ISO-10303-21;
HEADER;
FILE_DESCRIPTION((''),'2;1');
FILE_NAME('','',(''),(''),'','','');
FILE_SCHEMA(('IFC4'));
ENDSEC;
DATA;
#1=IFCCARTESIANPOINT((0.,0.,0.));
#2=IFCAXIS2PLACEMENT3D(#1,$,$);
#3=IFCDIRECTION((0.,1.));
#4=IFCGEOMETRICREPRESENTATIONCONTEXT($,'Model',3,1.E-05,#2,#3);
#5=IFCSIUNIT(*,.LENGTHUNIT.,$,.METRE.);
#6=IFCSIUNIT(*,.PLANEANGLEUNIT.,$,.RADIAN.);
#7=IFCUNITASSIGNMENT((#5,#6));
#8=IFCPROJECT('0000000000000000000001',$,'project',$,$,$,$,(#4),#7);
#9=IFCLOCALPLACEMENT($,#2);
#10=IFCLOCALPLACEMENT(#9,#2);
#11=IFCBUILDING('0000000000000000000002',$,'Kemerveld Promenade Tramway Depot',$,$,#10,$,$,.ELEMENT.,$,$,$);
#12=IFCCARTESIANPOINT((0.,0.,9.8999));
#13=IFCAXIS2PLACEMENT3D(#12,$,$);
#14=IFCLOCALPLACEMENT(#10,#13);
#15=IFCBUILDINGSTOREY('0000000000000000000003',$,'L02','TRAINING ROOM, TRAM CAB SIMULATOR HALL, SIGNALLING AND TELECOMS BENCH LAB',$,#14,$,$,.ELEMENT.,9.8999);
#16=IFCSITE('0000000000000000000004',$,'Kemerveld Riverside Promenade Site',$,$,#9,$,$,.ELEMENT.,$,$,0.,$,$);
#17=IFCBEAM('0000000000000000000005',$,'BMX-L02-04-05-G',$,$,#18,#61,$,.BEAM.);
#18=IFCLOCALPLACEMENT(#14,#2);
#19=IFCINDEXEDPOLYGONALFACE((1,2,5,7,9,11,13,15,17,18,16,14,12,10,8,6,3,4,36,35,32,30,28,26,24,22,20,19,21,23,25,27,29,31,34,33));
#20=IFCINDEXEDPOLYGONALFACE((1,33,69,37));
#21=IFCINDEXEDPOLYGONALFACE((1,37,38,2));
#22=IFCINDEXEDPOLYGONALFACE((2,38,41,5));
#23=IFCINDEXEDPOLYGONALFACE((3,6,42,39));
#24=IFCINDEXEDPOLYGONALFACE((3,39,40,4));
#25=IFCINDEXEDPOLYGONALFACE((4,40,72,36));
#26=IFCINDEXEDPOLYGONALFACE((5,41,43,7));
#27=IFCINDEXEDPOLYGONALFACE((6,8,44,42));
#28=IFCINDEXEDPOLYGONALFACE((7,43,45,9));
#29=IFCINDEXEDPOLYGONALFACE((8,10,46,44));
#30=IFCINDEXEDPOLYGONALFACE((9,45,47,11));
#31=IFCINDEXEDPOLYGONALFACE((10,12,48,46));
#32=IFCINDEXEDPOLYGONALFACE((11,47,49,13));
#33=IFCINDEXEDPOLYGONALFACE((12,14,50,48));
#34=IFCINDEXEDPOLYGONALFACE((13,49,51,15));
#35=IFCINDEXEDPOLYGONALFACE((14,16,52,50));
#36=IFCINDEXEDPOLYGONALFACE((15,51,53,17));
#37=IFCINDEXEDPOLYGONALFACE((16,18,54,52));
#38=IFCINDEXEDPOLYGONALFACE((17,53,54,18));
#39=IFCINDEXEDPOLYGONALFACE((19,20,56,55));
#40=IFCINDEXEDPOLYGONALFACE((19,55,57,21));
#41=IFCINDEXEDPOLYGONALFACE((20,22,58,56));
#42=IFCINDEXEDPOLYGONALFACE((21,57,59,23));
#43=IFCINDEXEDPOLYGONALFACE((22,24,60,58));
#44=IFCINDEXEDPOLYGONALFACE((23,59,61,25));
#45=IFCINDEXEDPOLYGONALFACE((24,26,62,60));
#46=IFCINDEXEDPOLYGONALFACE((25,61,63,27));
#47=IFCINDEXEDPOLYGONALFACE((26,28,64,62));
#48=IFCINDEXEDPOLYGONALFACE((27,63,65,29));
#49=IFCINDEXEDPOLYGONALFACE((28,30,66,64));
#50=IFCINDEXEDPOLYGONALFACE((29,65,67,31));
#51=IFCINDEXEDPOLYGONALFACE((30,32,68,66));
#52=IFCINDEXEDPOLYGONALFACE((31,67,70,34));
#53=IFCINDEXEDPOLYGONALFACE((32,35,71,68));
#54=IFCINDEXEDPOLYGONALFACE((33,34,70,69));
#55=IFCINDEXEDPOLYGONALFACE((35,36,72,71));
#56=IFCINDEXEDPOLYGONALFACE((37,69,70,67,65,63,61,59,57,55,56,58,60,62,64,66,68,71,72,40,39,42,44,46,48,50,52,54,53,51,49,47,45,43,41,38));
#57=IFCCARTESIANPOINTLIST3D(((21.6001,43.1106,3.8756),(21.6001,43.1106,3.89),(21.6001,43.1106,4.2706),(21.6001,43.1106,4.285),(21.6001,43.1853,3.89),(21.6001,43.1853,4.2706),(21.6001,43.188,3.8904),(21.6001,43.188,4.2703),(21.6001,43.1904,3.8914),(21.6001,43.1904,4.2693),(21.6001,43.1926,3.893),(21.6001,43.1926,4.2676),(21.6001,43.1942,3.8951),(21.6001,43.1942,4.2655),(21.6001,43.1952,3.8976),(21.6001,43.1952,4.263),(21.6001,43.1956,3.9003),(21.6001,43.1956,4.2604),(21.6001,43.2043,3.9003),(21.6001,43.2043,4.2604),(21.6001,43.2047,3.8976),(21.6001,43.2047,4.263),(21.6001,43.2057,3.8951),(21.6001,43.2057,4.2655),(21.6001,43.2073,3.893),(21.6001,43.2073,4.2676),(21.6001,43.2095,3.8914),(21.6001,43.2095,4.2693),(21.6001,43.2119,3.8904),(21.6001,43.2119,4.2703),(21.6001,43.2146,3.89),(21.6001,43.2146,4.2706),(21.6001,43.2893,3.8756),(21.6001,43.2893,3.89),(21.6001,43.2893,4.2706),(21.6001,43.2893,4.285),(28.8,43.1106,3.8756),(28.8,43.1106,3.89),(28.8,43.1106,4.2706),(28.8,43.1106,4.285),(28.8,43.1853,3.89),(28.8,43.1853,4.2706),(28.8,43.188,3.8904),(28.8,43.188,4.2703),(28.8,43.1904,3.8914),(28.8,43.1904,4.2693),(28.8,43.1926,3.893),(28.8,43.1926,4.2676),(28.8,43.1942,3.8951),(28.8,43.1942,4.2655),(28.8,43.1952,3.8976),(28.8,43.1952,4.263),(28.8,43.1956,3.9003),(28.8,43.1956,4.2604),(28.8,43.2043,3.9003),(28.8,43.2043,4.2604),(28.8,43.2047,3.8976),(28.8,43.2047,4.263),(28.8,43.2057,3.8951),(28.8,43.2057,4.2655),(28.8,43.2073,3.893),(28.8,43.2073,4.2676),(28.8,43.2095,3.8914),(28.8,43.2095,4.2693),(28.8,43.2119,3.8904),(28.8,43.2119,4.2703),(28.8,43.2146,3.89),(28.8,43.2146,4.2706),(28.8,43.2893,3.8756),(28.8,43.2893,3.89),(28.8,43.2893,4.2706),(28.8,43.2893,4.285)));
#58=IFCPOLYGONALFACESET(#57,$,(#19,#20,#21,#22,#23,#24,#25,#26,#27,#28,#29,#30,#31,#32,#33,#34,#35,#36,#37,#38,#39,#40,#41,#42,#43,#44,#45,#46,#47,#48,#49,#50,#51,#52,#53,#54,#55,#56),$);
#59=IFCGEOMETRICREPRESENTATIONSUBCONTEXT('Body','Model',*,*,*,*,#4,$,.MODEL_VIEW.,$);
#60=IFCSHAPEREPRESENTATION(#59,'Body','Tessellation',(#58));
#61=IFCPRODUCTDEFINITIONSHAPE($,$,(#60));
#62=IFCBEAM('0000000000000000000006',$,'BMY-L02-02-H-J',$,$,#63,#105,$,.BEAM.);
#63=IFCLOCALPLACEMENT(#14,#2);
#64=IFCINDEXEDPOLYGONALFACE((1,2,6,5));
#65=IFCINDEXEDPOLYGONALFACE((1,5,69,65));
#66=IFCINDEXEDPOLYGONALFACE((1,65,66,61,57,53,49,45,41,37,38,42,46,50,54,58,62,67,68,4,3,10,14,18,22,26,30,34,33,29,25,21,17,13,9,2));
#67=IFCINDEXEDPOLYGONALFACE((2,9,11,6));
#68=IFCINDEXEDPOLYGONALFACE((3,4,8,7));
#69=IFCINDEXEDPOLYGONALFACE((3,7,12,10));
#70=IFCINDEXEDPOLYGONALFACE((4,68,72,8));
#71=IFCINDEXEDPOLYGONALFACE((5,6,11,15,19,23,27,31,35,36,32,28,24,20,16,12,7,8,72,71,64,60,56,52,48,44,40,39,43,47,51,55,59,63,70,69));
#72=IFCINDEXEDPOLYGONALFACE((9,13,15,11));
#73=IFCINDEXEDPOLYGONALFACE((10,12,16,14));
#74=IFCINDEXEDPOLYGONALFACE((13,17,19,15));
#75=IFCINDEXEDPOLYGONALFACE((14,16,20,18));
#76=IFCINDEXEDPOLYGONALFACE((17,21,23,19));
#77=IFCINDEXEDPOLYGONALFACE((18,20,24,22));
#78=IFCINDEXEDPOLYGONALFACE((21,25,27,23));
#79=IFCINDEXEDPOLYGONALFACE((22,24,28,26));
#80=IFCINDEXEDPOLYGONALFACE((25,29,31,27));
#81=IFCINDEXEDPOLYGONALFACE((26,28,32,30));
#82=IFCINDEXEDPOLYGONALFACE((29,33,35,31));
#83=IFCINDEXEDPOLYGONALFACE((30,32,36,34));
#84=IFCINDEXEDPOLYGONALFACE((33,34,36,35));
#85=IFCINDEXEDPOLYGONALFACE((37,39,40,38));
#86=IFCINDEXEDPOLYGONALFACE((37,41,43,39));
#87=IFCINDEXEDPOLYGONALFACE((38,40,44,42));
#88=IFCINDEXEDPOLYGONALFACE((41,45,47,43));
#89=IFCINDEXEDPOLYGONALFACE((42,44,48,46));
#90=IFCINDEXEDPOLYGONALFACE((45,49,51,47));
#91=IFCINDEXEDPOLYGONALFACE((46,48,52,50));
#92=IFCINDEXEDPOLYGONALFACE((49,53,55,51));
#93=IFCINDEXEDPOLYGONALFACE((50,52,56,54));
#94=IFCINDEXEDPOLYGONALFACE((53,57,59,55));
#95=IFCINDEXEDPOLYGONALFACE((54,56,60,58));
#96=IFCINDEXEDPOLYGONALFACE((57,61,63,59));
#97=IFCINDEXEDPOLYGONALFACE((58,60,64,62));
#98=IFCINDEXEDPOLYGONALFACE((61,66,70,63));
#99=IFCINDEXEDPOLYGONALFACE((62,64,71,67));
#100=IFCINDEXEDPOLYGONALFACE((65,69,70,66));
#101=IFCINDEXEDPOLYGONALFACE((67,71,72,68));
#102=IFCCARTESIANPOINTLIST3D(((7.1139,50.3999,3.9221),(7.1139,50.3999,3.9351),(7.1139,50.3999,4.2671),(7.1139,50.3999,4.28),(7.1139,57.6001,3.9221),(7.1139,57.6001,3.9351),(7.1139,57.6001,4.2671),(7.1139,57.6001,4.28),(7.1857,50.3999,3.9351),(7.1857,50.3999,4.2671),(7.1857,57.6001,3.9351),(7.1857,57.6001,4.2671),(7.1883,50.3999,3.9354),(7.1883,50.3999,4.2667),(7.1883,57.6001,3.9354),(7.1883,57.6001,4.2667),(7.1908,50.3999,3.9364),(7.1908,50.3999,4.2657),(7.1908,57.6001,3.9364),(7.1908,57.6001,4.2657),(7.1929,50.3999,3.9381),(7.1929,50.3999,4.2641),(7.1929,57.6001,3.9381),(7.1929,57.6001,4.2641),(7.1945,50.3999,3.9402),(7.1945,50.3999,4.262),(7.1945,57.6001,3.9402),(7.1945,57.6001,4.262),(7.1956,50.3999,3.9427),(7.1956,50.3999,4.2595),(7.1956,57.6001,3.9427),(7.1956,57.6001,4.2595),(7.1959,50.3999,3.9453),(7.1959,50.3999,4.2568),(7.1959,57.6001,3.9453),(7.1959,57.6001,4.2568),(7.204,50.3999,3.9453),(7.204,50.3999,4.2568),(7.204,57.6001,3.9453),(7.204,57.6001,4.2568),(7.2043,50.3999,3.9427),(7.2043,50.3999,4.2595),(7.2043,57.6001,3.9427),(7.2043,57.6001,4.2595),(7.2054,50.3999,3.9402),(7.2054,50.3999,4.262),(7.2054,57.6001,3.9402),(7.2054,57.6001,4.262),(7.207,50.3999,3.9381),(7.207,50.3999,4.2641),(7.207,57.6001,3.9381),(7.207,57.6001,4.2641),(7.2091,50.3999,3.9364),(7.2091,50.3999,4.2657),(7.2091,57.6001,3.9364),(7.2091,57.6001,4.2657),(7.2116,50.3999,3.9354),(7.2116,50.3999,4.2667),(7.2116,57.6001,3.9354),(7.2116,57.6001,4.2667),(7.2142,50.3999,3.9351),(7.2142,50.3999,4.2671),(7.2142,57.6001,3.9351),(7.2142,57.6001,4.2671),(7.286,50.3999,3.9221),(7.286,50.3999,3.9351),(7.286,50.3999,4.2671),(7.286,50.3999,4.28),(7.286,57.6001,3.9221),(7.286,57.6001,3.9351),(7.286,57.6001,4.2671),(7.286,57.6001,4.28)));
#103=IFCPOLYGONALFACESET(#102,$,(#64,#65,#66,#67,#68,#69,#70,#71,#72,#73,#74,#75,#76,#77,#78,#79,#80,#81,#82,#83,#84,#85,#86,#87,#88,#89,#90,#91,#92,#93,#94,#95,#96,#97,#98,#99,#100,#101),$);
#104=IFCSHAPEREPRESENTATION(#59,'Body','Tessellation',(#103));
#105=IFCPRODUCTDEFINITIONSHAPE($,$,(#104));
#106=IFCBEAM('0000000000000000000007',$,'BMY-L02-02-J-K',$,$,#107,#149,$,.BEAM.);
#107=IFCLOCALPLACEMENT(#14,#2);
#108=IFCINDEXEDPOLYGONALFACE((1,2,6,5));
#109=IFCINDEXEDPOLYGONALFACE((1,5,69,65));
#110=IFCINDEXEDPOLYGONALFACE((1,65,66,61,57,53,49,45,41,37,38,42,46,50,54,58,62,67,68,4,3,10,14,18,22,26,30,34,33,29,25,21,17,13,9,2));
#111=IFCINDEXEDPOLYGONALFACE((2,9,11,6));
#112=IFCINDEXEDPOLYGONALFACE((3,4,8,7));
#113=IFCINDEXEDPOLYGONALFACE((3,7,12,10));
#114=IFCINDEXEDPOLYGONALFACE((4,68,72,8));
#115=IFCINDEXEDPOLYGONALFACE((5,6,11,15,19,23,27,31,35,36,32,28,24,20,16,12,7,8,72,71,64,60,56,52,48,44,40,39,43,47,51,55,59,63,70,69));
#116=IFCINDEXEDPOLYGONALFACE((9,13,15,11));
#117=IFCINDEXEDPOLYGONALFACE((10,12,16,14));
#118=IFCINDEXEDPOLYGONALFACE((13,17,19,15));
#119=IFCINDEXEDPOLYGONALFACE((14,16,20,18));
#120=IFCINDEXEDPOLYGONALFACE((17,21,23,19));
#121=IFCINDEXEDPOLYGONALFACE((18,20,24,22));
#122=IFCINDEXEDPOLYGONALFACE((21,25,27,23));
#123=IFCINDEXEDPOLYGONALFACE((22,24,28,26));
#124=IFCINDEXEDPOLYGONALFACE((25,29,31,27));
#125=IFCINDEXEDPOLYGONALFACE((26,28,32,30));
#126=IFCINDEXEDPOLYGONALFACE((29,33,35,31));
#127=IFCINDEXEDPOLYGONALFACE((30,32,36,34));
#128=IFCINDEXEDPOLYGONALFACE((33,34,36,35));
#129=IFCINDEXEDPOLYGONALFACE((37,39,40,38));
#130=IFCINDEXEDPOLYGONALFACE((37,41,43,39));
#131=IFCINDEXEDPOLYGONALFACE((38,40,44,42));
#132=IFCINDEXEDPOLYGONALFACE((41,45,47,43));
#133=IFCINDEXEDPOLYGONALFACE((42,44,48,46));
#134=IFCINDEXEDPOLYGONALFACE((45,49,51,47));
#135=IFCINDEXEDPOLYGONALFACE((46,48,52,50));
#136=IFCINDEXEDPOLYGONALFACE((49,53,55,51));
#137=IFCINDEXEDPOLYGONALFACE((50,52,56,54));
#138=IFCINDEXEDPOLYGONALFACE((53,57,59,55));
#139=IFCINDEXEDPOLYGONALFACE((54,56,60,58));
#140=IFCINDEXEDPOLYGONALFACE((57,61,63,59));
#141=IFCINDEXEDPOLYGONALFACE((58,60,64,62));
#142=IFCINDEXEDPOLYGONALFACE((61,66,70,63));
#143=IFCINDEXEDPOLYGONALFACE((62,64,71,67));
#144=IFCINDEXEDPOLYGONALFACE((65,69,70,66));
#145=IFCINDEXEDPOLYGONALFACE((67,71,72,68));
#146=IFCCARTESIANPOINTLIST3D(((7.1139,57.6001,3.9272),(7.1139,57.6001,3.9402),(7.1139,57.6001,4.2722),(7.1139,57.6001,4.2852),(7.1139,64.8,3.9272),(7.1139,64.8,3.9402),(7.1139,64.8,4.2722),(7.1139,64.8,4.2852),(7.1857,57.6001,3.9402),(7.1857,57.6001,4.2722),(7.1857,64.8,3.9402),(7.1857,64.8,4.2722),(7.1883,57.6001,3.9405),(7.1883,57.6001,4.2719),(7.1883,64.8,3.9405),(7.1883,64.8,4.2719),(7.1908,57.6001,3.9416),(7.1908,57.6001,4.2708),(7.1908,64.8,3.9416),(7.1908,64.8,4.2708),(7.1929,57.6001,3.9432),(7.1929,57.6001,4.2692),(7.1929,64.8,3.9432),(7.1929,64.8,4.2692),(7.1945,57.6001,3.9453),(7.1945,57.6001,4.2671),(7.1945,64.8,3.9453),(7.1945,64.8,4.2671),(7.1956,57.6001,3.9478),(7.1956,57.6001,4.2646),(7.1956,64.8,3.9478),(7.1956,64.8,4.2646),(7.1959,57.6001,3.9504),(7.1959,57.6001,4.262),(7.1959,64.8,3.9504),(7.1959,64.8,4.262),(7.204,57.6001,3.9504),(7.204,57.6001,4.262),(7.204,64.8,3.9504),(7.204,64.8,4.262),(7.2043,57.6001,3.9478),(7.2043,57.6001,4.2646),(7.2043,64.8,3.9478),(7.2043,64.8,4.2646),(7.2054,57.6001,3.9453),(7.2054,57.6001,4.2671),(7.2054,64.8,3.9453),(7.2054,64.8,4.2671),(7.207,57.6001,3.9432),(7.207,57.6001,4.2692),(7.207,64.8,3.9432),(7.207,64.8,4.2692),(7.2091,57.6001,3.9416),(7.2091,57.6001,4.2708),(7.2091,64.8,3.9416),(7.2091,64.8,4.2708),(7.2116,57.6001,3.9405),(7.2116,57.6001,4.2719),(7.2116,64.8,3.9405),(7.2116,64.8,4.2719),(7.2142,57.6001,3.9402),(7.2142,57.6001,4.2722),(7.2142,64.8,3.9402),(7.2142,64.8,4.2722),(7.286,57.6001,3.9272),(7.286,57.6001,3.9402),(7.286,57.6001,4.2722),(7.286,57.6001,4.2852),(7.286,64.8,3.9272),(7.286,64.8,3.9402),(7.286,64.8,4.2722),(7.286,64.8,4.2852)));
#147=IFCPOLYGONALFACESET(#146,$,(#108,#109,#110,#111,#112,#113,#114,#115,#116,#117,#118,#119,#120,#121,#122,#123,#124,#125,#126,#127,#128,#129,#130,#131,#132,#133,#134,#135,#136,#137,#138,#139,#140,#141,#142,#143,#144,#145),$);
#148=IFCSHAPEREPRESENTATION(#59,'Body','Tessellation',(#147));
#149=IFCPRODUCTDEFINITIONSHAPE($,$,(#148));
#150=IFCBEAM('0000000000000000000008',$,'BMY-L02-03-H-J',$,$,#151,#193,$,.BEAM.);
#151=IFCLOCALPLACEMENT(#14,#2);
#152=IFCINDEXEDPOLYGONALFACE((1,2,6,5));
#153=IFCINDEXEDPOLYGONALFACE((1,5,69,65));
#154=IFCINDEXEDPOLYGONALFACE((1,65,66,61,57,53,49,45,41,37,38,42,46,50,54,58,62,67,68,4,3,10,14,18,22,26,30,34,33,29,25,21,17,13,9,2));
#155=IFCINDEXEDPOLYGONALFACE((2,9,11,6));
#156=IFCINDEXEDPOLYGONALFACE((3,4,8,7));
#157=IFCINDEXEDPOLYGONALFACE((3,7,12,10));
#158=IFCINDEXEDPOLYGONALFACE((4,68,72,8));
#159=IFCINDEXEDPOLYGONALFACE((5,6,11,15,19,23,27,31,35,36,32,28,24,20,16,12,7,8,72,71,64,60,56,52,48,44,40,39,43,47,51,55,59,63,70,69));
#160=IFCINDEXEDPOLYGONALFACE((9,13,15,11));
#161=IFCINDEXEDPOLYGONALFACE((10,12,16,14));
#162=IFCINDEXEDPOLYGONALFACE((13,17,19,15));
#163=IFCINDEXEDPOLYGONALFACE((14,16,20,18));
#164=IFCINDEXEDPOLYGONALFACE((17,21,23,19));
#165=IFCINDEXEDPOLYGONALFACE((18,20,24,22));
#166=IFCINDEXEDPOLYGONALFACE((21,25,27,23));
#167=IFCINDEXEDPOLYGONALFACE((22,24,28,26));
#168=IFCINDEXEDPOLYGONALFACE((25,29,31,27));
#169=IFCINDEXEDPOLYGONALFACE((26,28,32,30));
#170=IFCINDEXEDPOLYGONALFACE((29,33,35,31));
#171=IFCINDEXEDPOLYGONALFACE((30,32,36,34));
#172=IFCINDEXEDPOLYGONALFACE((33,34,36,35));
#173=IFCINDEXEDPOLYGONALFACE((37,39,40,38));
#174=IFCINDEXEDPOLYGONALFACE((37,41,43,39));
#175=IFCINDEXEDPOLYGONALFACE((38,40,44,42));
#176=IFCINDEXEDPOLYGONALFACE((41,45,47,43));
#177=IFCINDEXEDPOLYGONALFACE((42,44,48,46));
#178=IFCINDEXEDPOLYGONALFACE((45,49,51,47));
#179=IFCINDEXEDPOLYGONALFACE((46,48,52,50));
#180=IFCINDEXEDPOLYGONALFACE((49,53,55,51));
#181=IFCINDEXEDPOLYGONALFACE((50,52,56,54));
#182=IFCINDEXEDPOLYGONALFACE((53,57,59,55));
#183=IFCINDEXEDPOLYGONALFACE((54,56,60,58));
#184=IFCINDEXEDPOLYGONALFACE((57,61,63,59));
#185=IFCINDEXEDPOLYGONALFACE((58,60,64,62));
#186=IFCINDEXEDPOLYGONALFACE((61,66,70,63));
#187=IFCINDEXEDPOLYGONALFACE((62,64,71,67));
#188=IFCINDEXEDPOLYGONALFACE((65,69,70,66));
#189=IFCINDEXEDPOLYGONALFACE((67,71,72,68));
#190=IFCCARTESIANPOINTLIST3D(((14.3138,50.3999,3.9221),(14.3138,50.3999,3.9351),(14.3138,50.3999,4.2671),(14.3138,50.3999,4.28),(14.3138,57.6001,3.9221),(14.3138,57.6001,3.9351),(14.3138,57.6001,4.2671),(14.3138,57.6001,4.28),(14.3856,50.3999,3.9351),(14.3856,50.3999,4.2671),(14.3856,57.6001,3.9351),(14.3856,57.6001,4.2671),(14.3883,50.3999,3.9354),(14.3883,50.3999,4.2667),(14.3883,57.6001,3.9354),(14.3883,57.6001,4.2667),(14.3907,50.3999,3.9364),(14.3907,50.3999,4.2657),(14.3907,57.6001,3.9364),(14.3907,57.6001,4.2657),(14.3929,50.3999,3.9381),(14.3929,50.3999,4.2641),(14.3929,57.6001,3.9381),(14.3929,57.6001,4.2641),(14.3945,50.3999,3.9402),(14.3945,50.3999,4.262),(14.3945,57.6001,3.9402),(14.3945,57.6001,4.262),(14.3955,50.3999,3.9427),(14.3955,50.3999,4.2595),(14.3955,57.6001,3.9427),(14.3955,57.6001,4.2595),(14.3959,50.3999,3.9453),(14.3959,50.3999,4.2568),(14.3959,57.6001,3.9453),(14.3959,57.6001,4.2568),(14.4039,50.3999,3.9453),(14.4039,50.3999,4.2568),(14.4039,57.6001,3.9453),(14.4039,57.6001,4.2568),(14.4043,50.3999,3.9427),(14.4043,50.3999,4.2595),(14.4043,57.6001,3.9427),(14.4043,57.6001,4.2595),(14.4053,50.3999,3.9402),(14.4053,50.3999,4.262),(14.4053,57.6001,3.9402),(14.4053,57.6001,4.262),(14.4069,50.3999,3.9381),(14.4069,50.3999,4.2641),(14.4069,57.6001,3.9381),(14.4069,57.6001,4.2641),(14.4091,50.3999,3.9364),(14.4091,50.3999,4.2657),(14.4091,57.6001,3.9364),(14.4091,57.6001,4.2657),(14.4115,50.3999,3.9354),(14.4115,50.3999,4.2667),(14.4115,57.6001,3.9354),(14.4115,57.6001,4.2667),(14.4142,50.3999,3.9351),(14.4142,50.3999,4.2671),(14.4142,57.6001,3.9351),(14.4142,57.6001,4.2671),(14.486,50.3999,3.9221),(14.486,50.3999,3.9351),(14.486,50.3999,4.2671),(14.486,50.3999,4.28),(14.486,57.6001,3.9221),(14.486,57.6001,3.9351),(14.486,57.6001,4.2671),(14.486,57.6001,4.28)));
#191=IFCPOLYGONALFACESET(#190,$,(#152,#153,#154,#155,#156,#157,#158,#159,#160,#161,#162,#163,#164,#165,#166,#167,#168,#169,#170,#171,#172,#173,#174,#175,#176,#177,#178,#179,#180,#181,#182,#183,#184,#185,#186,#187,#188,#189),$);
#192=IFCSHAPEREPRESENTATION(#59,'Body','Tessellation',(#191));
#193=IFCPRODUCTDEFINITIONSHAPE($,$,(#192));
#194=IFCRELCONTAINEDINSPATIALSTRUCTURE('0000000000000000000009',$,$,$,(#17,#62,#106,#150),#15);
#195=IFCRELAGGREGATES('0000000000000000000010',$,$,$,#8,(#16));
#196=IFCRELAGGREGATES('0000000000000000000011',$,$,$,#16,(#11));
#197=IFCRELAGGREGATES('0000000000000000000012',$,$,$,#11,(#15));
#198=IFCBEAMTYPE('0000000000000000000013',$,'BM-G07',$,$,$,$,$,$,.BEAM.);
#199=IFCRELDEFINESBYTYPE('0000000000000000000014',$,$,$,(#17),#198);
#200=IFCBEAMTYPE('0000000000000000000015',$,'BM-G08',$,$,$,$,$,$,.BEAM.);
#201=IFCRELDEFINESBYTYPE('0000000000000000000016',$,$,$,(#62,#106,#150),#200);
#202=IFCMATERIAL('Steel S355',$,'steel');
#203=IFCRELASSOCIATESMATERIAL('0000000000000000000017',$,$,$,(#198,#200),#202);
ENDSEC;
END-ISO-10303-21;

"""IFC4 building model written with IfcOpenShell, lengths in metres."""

from ifc_helpers import new_model, si_unit, direction, frame, origin, origin_2d, place, context, subcontext, project, spatial, i_section, extrude, material, material_profile, profile_set, type_object, element, save


model = new_model("IFC4")

# Units and contexts
model_context = context("Model", 3, precision=1e-05, world=origin(), true_north=direction((0.0, 1.0)))
body_context = subcontext(model_context, "Body", "Model", "MODEL_VIEW")
ifc_project = project(units=[si_unit("LENGTHUNIT", "METRE"), si_unit("PLANEANGLEUNIT", "RADIAN")], contexts=[model_context])

# Site, building, storey
site_placement = place(None, origin())
site = spatial("IfcSite", under=ifc_project, at=site_placement, Name="Kemerveld Riverside Promenade Site", CompositionType="ELEMENT", RefElevation=0.0)
building_placement = place(site_placement, origin())
building = spatial("IfcBuilding", under=site, at=building_placement, Name="Kemerveld Promenade Tramway Depot", CompositionType="ELEMENT")
storey_placement = place(building_placement, frame((0.0, 0.0, 9.8999)))
storey = spatial("IfcBuildingStorey", under=building, at=storey_placement, Name="L02", Description="TRAINING ROOM, TRAM CAB SIMULATOR HALL, SIGNALLING AND TELECOMS BENCH LAB", CompositionType="ELEMENT", Elevation=9.8999)

# Shared definitions
ifc_material_1 = material(Name="Steel S355", Category="steel")

# Beams
ifc_material_profile_1 = material_profile(ifc_material_1, i_section(OverallWidth=0.1787, OverallDepth=0.4094, WebThickness=0.0088, FlangeThickness=0.0144, FilletRadius=0.0103, at=origin_2d()), Name="406x178x67 UB")
ifc_profile_set_1 = profile_set([ifc_material_profile_1], Name="Steel S355")
beam_type_1 = type_object("IfcBeamType", Name="BM-G07", PredefinedType="BEAM", material=ifc_profile_set_1)
beam_1_placement = place(storey_placement, frame((21.6001, 43.2, 4.0803), z_axis=(1.0, 0.0, 0.0), x_axis=(0.0, 1.0, 0.0)))
element("IfcBeam", 1, at=beam_1_placement, inside=storey, type_object=beam_type_1, Name="BMX-L02-04-05-G", PredefinedType="BEAM", context=body_context, shape_type="SweptSolid", body=[
    extrude(i_section(OverallWidth=0.1787, OverallDepth=0.4094, WebThickness=0.0088, FlangeThickness=0.0144, FilletRadius=0.0103, at=origin_2d()), origin(), (0.0, 0.0, 1.0), 7.2),
])
ifc_material_profile_2 = material_profile(ifc_material_1, i_section(OverallWidth=0.1721, OverallDepth=0.3579, WebThickness=0.0081, FlangeThickness=0.0129, FilletRadius=0.0103, at=origin_2d()), Name="356x171x57 UB")
ifc_profile_set_2 = profile_set([ifc_material_profile_2], Name="Steel S355")
beam_type_2 = type_object("IfcBeamType", Name="BM-G08", PredefinedType="BEAM", material=ifc_profile_set_2)
beam_2_placement = place(storey_placement, frame((7.2, 50.3999, 4.1011), z_axis=(0.0, 1.0, 0.0), x_axis=(-1.0, 0.0, 0.0)))
element("IfcBeam", 2, at=beam_2_placement, inside=storey, type_object=beam_type_2, Name="BMY-L02-02-H-J", PredefinedType="BEAM", context=body_context, shape_type="SweptSolid", body=[
    extrude(i_section(OverallWidth=0.1721, OverallDepth=0.3579, WebThickness=0.0081, FlangeThickness=0.0129, FilletRadius=0.0103, at=origin_2d()), origin(), (0.0, 0.0, 1.0), 7.2002),
])
beam_3_placement = place(storey_placement, frame((7.2, 57.6001, 4.1062), z_axis=(0.0, 1.0, 0.0), x_axis=(-1.0, 0.0, 0.0)))
element("IfcBeam", 3, at=beam_3_placement, inside=storey, type_object=beam_type_2, Name="BMY-L02-02-J-K", PredefinedType="BEAM", context=body_context, shape_type="SweptSolid", body=[
    extrude(i_section(OverallWidth=0.1721, OverallDepth=0.3579, WebThickness=0.0081, FlangeThickness=0.0129, FilletRadius=0.0103, at=origin_2d()), origin(), (0.0, 0.0, 1.0), 7.2),
])
beam_4_placement = place(storey_placement, frame((14.3999, 50.3999, 4.1011), z_axis=(0.0, 1.0, 0.0), x_axis=(-1.0, 0.0, 0.0)))
element("IfcBeam", 4, at=beam_4_placement, inside=storey, type_object=beam_type_2, Name="BMY-L02-03-H-J", PredefinedType="BEAM", context=body_context, shape_type="SweptSolid", body=[
    extrude(i_section(OverallWidth=0.1721, OverallDepth=0.3579, WebThickness=0.0081, FlangeThickness=0.0129, FilletRadius=0.0103, at=origin_2d()), origin(), (0.0, 0.0, 1.0), 7.2002),
])

save(model, "model.ifc")
